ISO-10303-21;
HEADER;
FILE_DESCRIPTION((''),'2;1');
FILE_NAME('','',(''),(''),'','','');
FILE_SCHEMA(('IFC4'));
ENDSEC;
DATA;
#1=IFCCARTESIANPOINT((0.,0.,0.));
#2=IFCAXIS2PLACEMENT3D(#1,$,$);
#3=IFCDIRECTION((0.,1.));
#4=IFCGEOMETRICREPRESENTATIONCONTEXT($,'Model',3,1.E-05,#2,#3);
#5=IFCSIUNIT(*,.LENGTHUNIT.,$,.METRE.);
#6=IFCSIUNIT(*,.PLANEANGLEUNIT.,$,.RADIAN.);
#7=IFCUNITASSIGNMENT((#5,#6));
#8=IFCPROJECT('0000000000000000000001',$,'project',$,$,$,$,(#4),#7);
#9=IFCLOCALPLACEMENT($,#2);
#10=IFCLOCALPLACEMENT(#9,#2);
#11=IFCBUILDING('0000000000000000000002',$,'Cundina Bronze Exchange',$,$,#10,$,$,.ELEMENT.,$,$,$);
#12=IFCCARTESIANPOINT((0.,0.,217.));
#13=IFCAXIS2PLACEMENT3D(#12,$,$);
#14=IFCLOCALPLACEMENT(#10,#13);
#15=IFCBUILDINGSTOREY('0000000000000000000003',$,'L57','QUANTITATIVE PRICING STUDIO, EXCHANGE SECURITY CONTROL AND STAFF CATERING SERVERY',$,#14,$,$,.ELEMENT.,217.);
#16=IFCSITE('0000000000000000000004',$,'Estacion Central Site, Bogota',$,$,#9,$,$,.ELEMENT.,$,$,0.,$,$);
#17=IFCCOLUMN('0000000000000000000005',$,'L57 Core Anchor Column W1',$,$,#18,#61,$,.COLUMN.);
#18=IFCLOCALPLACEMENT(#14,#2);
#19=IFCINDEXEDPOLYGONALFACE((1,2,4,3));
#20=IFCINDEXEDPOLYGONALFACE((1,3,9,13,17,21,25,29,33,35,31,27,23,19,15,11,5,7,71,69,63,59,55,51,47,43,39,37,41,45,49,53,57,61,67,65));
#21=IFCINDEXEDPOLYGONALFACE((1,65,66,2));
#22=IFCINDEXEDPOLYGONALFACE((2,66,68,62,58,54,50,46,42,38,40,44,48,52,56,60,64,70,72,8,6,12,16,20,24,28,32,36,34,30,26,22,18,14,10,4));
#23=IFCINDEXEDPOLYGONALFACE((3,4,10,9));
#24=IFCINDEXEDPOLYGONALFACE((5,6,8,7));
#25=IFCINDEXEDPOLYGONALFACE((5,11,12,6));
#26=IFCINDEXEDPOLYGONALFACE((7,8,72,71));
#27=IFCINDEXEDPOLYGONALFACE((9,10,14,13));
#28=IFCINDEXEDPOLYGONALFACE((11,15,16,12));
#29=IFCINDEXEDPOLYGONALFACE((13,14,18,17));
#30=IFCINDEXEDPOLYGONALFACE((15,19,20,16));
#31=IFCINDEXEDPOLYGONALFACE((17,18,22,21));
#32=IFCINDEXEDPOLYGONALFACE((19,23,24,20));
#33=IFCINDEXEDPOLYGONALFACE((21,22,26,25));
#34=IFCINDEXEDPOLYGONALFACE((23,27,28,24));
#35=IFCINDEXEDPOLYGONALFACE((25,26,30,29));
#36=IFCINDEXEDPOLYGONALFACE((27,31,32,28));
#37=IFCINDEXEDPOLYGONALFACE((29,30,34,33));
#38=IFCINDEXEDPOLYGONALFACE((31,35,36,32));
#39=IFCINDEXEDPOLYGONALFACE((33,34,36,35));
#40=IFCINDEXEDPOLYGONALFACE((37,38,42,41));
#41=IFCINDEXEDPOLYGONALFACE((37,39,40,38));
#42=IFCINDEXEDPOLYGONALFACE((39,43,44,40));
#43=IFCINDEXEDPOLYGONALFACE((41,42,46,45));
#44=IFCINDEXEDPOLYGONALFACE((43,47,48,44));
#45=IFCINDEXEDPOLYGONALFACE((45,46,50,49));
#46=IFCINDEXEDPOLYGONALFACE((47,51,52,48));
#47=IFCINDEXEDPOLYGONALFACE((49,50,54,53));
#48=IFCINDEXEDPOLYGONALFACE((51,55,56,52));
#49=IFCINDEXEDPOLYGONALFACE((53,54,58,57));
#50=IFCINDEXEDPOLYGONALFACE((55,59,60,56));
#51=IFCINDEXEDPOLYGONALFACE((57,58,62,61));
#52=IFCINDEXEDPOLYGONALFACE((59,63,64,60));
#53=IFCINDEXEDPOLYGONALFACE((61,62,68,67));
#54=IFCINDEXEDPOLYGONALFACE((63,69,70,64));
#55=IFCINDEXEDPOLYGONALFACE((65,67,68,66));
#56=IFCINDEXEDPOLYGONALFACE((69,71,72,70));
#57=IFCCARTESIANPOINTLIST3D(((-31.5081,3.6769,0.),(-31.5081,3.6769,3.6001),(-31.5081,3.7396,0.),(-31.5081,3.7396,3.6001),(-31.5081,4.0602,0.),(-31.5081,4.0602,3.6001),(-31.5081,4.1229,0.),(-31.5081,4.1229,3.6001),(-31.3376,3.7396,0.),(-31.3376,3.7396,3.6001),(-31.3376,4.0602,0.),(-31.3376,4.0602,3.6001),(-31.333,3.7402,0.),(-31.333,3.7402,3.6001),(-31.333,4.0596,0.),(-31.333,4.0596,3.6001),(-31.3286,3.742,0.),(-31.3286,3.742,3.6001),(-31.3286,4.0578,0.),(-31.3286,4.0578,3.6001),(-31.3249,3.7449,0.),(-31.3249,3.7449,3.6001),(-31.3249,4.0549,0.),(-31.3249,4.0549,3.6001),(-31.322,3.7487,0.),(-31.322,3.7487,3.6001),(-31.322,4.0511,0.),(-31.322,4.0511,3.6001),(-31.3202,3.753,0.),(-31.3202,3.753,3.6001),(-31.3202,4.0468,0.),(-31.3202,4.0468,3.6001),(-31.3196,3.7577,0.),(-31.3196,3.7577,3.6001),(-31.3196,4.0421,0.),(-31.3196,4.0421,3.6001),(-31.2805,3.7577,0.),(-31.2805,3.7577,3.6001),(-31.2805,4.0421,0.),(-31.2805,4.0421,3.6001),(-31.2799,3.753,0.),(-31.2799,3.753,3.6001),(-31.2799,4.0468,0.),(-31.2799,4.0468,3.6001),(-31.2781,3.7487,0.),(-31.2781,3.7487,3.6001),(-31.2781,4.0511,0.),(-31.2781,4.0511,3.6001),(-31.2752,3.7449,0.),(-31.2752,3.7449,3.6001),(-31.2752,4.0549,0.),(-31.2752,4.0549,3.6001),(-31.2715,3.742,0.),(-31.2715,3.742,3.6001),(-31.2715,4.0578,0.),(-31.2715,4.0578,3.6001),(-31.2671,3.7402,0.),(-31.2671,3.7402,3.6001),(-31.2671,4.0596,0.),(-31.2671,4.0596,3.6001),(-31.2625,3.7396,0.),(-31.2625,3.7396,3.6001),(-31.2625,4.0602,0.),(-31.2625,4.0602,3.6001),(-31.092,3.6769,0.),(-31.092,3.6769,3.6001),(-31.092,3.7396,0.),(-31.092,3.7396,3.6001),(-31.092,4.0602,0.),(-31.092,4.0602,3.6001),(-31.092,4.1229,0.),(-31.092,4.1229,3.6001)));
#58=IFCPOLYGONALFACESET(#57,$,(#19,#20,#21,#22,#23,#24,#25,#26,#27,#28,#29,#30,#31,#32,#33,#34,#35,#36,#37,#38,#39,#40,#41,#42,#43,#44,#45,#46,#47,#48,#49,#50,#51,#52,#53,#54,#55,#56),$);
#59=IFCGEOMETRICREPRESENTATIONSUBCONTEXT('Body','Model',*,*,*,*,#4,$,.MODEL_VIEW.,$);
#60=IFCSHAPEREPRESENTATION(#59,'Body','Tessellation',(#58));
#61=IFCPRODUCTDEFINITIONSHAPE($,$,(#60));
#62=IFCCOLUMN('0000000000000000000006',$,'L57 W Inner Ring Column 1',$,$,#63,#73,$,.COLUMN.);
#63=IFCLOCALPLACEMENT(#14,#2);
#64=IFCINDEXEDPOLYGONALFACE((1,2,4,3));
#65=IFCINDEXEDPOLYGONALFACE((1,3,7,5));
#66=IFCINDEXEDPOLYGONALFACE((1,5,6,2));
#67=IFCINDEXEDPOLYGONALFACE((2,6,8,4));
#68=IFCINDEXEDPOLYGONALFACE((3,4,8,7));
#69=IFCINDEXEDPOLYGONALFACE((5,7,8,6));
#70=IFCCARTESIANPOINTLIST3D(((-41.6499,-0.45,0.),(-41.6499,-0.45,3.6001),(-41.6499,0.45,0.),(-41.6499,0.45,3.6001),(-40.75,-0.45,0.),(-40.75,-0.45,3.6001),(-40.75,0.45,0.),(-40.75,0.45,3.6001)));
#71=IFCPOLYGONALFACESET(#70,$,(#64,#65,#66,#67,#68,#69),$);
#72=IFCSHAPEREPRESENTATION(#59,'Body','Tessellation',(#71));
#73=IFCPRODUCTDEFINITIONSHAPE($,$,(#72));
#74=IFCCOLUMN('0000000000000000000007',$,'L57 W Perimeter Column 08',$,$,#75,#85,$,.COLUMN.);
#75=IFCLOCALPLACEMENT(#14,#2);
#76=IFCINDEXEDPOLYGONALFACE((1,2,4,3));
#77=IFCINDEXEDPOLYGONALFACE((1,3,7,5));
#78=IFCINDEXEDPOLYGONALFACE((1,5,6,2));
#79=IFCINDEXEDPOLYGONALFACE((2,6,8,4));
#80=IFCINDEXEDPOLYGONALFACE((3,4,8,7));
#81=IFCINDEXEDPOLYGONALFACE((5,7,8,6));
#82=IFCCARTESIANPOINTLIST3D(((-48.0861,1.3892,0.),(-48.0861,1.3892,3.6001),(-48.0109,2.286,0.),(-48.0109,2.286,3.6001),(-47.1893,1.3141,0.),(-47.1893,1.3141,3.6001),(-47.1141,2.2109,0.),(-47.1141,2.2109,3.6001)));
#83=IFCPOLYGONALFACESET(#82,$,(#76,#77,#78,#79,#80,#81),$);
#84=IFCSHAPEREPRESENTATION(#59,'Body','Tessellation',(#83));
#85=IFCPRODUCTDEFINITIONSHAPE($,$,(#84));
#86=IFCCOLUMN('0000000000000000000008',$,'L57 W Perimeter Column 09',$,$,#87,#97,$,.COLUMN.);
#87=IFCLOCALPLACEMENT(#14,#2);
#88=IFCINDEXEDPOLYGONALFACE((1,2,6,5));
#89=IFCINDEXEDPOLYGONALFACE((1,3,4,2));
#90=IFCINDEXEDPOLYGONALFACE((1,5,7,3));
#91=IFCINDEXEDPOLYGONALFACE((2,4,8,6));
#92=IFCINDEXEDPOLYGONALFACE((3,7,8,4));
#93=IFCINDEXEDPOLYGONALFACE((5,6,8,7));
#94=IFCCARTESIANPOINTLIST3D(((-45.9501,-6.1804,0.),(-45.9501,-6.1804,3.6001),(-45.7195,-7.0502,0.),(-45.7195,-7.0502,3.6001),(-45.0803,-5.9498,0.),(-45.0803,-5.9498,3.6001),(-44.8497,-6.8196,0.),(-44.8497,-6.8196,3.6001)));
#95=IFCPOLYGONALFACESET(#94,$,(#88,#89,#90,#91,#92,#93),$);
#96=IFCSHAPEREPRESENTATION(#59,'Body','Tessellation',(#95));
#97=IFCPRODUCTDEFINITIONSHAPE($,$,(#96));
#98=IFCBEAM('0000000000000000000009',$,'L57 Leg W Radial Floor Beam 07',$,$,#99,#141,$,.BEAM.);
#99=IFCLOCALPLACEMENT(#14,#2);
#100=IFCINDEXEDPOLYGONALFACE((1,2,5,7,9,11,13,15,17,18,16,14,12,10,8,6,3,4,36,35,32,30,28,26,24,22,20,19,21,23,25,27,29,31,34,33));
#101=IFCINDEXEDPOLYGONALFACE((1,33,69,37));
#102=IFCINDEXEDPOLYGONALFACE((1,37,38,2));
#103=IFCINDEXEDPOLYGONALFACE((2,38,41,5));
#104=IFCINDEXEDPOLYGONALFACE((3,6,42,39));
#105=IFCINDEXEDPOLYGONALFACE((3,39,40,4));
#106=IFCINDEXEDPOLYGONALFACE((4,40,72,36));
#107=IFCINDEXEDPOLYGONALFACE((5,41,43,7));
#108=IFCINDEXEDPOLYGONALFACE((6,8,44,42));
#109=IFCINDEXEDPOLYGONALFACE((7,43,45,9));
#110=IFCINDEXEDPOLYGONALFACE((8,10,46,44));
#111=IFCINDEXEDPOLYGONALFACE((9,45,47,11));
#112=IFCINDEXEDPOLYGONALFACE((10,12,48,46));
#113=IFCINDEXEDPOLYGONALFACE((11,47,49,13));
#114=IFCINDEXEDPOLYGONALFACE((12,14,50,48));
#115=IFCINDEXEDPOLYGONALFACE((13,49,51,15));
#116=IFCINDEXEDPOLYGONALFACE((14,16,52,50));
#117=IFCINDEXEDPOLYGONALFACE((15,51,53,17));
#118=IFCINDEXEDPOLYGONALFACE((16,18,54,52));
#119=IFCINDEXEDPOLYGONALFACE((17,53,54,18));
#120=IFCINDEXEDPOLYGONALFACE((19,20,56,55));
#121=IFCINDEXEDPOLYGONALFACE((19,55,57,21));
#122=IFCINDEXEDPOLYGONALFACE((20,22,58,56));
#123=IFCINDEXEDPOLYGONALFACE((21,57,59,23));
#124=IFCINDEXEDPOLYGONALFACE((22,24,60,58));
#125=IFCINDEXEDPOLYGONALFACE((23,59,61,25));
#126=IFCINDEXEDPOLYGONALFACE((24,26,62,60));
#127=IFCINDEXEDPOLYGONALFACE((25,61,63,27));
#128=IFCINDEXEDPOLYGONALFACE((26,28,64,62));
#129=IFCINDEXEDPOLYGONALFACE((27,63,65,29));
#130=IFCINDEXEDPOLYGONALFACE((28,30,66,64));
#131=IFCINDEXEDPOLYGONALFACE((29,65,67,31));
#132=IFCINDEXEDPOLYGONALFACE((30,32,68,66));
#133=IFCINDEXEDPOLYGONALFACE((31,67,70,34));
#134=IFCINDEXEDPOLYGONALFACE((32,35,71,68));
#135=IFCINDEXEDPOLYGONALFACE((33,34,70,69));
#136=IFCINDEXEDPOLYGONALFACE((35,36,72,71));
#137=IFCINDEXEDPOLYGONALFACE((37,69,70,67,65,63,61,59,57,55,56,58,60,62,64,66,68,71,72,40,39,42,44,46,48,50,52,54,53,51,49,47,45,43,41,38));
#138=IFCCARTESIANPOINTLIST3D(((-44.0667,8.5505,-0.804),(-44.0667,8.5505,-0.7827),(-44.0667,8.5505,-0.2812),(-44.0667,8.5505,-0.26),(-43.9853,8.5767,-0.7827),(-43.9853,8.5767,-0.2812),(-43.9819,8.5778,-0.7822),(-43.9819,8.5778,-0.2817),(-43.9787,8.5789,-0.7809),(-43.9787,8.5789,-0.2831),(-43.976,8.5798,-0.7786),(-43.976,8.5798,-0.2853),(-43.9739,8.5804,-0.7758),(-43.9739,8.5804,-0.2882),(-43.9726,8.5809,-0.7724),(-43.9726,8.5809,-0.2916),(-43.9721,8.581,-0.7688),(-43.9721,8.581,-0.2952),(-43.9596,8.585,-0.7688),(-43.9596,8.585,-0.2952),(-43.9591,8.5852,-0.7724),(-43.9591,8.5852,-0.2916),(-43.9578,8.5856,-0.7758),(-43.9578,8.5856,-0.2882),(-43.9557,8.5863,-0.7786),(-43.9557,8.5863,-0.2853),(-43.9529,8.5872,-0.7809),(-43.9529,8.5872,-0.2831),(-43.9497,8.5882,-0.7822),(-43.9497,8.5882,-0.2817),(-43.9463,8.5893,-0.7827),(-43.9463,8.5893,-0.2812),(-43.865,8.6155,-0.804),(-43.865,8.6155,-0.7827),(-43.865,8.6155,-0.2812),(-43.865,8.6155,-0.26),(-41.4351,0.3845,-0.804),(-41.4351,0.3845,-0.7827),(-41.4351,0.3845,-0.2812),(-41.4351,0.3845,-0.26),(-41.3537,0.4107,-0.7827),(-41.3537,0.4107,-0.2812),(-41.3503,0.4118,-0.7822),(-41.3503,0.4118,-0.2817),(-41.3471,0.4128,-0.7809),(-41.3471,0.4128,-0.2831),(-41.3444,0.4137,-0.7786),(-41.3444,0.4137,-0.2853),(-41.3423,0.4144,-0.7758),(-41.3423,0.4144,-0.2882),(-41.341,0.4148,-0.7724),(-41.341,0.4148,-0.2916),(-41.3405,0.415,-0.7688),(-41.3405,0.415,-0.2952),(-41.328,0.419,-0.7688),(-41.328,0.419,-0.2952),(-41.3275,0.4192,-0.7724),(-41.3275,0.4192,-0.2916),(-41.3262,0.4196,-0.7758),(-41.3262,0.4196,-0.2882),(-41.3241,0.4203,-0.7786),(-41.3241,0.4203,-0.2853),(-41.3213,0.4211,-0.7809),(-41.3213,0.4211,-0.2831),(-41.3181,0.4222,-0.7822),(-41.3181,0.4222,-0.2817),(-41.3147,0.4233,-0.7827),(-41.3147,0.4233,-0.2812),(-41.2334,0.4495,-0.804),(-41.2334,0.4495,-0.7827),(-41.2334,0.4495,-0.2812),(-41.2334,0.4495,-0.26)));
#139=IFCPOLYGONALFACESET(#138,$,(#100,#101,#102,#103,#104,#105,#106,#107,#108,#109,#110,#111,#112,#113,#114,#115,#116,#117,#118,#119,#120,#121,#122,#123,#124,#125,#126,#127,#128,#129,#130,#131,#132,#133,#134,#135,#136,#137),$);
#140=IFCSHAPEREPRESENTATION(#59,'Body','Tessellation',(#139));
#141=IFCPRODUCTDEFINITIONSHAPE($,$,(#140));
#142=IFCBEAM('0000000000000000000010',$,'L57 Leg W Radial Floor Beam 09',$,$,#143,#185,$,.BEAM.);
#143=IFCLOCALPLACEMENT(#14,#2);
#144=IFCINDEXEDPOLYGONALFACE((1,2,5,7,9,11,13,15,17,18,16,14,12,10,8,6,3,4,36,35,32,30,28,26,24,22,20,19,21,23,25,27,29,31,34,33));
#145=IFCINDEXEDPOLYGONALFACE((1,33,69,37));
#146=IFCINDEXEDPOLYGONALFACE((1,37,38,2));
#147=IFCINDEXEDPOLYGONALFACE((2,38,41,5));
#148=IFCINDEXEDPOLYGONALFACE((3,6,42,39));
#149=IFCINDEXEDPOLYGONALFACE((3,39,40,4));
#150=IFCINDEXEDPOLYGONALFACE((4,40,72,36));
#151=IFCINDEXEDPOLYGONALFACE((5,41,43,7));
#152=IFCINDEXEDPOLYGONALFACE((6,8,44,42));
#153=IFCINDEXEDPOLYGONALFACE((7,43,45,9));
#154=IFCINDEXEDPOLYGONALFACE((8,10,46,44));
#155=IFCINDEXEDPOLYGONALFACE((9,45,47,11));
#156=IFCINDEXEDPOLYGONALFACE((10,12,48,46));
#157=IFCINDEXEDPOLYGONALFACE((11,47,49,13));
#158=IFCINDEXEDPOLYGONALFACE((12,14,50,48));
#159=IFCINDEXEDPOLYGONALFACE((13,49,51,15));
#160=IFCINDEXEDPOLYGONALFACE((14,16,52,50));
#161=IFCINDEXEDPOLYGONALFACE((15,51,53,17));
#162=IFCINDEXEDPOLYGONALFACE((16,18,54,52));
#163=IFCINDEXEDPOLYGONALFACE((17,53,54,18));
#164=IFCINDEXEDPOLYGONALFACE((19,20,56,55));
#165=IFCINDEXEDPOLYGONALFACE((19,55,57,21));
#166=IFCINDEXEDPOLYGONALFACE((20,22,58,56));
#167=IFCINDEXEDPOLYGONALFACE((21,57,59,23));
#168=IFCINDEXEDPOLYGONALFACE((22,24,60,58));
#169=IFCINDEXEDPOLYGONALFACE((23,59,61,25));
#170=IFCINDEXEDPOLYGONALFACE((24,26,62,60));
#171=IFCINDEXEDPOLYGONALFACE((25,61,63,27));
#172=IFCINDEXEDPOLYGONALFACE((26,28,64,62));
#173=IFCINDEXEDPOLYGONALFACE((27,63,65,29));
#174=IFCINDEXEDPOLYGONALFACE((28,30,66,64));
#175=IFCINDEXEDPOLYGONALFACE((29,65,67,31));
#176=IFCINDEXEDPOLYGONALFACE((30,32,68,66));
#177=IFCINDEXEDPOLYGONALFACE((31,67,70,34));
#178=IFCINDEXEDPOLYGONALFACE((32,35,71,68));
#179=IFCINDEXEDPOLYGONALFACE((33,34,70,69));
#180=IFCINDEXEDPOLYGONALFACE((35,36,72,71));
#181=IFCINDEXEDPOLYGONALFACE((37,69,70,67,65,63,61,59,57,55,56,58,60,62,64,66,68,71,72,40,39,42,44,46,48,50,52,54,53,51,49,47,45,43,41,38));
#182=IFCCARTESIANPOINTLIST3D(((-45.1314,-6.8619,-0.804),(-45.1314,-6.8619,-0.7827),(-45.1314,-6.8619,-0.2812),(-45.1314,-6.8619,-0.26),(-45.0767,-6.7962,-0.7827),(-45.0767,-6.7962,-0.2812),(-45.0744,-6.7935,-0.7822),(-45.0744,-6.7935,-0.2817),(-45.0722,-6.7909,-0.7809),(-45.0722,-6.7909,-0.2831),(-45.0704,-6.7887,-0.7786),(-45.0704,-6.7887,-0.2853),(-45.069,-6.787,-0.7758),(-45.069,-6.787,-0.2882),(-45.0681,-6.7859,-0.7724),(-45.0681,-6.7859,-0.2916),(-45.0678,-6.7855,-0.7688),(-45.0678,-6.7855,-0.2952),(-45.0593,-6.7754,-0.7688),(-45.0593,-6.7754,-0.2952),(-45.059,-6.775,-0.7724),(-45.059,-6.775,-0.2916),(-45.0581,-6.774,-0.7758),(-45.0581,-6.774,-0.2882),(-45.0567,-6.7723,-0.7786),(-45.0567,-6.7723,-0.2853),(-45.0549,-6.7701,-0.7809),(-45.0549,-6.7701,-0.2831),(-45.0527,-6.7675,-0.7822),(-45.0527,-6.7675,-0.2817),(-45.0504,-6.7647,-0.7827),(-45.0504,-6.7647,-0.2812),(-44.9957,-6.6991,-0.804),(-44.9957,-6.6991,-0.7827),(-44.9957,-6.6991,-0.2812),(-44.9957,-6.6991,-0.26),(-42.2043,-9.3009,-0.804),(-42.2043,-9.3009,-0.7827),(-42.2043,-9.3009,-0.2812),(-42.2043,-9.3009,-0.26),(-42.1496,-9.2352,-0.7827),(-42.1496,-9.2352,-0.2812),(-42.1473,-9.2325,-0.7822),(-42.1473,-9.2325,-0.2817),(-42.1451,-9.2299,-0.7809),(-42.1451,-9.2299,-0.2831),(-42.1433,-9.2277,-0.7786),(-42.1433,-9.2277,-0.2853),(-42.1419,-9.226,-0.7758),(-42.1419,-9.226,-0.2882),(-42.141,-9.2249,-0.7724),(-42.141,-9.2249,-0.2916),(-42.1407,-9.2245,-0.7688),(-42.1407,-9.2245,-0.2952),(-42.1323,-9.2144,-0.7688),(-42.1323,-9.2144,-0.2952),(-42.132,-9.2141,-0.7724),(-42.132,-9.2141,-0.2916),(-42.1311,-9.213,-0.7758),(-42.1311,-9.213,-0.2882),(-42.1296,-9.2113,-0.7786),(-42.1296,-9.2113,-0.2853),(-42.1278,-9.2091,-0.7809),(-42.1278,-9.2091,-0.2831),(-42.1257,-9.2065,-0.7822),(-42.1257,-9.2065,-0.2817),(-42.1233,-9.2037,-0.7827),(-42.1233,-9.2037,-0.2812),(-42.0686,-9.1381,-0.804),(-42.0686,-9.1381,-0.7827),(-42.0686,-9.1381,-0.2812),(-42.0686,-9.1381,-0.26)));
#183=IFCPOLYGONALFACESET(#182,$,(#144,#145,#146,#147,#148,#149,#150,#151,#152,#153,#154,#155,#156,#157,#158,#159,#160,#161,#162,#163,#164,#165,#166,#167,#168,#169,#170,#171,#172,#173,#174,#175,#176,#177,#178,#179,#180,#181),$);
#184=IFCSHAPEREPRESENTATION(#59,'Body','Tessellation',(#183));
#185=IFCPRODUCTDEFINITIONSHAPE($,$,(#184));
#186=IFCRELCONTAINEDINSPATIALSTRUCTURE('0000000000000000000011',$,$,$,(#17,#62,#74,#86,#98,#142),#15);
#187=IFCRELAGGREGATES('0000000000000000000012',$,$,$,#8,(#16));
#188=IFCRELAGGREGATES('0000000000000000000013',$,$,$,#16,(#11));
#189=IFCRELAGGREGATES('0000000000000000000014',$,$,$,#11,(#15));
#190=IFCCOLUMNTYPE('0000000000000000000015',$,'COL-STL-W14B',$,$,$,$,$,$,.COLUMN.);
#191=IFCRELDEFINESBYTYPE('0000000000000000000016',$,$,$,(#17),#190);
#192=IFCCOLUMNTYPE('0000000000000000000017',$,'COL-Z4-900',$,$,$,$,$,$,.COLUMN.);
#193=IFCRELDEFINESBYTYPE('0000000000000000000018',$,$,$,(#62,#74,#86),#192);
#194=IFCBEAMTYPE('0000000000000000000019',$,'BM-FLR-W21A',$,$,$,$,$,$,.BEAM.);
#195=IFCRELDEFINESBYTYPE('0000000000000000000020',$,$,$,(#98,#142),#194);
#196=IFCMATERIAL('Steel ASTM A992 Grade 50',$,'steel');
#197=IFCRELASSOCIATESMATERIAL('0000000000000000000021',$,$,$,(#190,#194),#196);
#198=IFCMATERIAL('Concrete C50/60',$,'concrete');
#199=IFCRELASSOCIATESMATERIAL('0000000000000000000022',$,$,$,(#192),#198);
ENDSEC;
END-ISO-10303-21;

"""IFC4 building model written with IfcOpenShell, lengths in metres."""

from ifc_helpers import new_model, si_unit, direction, frame, origin, origin_2d, place, context, subcontext, project, spatial, rectangle, i_section, extrude, material, material_profile, profile_set, type_object, element, save


model = new_model("IFC4")

# Units and contexts
model_context = context("Model", 3, precision=1e-05, world=origin(), true_north=direction((0.0, 1.0)))
body_context = subcontext(model_context, "Body", "Model", "MODEL_VIEW")
ifc_project = project(units=[si_unit("LENGTHUNIT", "METRE"), si_unit("PLANEANGLEUNIT", "RADIAN")], contexts=[model_context])

# Site, building, storey
site_placement = place(None, origin())
site = spatial("IfcSite", under=ifc_project, at=site_placement, Name="Estacion Central Site, Bogota", CompositionType="ELEMENT", RefElevation=0.0)
building_placement = place(site_placement, origin())
building = spatial("IfcBuilding", under=site, at=building_placement, Name="Cundina Bronze Exchange", CompositionType="ELEMENT")
storey_placement = place(building_placement, frame((0.0, 0.0, 217.0)))
storey = spatial("IfcBuildingStorey", under=building, at=storey_placement, Name="L57", Description="QUANTITATIVE PRICING STUDIO, EXCHANGE SECURITY CONTROL AND STAFF CATERING SERVERY", CompositionType="ELEMENT", Elevation=217.0)

# Columns
ifc_material_1 = material(Name="Steel ASTM A992 Grade 50", Category="steel")
ifc_material_profile_1 = material_profile(ifc_material_1, i_section(OverallWidth=0.416, OverallDepth=0.446, WebThickness=0.0391, FlangeThickness=0.0627, FilletRadius=0.0181, at=origin_2d()), Name="W14X342", Category="steel")
ifc_profile_set_1 = profile_set([ifc_material_profile_1], Name="Steel ASTM A992 Grade 50")
column_type_1 = type_object("IfcColumnType", Name="COL-STL-W14B", PredefinedType="COLUMN", material=ifc_profile_set_1)
column_placement = place(storey_placement, frame((-31.3, 3.8999, 0.0), z_axis=(0.0, 0.0, 1.0), x_axis=(1.0, 0.0, 0.0)))
element("IfcColumn", 1, at=column_placement, inside=storey, type_object=column_type_1, Name="L57 Core Anchor Column W1", PredefinedType="COLUMN", context=body_context, shape_type="SweptSolid", body=[
    extrude(i_section(OverallWidth=0.416, OverallDepth=0.446, WebThickness=0.0391, FlangeThickness=0.0627, FilletRadius=0.0181, at=origin_2d()), origin(), (0.0, 0.0, 1.0), 3.6001),
])
ifc_material_2 = material(Name="Concrete C50/60", Category="concrete")
ifc_material_profile_2 = material_profile(ifc_material_2, rectangle(XDim=0.8999, YDim=0.8999, at=origin_2d()), Name="RC900X900", Category="concrete")
ifc_profile_set_2 = profile_set([ifc_material_profile_2], Name="Concrete C50/60")
column_type_2 = type_object("IfcColumnType", Name="COL-Z4-900", PredefinedType="COLUMN", material=ifc_profile_set_2)
for number, where, z_axis, x_axis, name in (
    (2, (-41.2, 0.0, 0.0), (0.0, 0.0, 1.0), (1.0, 0.0, 0.0), "L57 W Inner Ring Column 1"),
    (3, (-47.6001, 1.8, 0.0), (0.0, 0.0, 1.0), (-0.083504, -0.996507, 0.0), "L57 W Perimeter Column 08"),
    (4, (-45.3999, -6.5, 0.0), (0.0, 0.0, 1.0), (0.256289, -0.9666, 0.0), "L57 W Perimeter Column 09"),
):
    element("IfcColumn", number, at=place(storey_placement, frame(where, z_axis=z_axis, x_axis=x_axis)), inside=storey, type_object=column_type_2, Name=name, PredefinedType="COLUMN", context=body_context, shape_type="SweptSolid", body=[
        extrude(rectangle(XDim=0.8999, YDim=0.8999, at=origin_2d()), origin(), (0.0, 0.0, 1.0), 3.6001),
    ])

# Beams
ifc_material_profile_3 = material_profile(ifc_material_1, i_section(OverallWidth=0.2119, OverallDepth=0.5439, WebThickness=0.0132, FlangeThickness=0.0212, FilletRadius=0.0139, at=origin_2d()), Name="W21X83", Category="steel")
ifc_profile_set_3 = profile_set([ifc_material_profile_3], Name="Steel ASTM A992 Grade 50")
beam_type_1 = type_object("IfcBeamType", Name="BM-FLR-W21A", PredefinedType="BEAM", material=ifc_profile_set_3)
beam_1_placement = place(storey_placement, frame((-41.3342, 0.417, -0.532), z_axis=(-0.306728, 0.951797, 0.0), x_axis=(-0.951797, -0.306728, 0.0)))
element("IfcBeam", 5, at=beam_1_placement, inside=storey, type_object=beam_type_1, Name="L57 Leg W Radial Floor Beam 07", PredefinedType="BEAM", context=body_context, shape_type="SweptSolid", body=[
    extrude(i_section(OverallWidth=0.2119, OverallDepth=0.5439, WebThickness=0.0132, FlangeThickness=0.0212, FilletRadius=0.0139, at=origin_2d()), origin(), (0.0, 0.0, 1.0), 8.5796),
])
beam_2_placement = place(storey_placement, frame((-42.1365, -9.2195, -0.532), z_axis=(-0.768248, 0.640153, 0.0), x_axis=(-0.640153, -0.768248, 0.0)))
element("IfcBeam", 6, at=beam_2_placement, inside=storey, type_object=beam_type_1, Name="L57 Leg W Radial Floor Beam 09", PredefinedType="BEAM", context=body_context, shape_type="SweptSolid", body=[
    extrude(i_section(OverallWidth=0.2119, OverallDepth=0.5439, WebThickness=0.0132, FlangeThickness=0.0212, FilletRadius=0.0139, at=origin_2d()), origin(), (0.0, 0.0, 1.0), 3.8101),
])

save(model, "model.ifc")
